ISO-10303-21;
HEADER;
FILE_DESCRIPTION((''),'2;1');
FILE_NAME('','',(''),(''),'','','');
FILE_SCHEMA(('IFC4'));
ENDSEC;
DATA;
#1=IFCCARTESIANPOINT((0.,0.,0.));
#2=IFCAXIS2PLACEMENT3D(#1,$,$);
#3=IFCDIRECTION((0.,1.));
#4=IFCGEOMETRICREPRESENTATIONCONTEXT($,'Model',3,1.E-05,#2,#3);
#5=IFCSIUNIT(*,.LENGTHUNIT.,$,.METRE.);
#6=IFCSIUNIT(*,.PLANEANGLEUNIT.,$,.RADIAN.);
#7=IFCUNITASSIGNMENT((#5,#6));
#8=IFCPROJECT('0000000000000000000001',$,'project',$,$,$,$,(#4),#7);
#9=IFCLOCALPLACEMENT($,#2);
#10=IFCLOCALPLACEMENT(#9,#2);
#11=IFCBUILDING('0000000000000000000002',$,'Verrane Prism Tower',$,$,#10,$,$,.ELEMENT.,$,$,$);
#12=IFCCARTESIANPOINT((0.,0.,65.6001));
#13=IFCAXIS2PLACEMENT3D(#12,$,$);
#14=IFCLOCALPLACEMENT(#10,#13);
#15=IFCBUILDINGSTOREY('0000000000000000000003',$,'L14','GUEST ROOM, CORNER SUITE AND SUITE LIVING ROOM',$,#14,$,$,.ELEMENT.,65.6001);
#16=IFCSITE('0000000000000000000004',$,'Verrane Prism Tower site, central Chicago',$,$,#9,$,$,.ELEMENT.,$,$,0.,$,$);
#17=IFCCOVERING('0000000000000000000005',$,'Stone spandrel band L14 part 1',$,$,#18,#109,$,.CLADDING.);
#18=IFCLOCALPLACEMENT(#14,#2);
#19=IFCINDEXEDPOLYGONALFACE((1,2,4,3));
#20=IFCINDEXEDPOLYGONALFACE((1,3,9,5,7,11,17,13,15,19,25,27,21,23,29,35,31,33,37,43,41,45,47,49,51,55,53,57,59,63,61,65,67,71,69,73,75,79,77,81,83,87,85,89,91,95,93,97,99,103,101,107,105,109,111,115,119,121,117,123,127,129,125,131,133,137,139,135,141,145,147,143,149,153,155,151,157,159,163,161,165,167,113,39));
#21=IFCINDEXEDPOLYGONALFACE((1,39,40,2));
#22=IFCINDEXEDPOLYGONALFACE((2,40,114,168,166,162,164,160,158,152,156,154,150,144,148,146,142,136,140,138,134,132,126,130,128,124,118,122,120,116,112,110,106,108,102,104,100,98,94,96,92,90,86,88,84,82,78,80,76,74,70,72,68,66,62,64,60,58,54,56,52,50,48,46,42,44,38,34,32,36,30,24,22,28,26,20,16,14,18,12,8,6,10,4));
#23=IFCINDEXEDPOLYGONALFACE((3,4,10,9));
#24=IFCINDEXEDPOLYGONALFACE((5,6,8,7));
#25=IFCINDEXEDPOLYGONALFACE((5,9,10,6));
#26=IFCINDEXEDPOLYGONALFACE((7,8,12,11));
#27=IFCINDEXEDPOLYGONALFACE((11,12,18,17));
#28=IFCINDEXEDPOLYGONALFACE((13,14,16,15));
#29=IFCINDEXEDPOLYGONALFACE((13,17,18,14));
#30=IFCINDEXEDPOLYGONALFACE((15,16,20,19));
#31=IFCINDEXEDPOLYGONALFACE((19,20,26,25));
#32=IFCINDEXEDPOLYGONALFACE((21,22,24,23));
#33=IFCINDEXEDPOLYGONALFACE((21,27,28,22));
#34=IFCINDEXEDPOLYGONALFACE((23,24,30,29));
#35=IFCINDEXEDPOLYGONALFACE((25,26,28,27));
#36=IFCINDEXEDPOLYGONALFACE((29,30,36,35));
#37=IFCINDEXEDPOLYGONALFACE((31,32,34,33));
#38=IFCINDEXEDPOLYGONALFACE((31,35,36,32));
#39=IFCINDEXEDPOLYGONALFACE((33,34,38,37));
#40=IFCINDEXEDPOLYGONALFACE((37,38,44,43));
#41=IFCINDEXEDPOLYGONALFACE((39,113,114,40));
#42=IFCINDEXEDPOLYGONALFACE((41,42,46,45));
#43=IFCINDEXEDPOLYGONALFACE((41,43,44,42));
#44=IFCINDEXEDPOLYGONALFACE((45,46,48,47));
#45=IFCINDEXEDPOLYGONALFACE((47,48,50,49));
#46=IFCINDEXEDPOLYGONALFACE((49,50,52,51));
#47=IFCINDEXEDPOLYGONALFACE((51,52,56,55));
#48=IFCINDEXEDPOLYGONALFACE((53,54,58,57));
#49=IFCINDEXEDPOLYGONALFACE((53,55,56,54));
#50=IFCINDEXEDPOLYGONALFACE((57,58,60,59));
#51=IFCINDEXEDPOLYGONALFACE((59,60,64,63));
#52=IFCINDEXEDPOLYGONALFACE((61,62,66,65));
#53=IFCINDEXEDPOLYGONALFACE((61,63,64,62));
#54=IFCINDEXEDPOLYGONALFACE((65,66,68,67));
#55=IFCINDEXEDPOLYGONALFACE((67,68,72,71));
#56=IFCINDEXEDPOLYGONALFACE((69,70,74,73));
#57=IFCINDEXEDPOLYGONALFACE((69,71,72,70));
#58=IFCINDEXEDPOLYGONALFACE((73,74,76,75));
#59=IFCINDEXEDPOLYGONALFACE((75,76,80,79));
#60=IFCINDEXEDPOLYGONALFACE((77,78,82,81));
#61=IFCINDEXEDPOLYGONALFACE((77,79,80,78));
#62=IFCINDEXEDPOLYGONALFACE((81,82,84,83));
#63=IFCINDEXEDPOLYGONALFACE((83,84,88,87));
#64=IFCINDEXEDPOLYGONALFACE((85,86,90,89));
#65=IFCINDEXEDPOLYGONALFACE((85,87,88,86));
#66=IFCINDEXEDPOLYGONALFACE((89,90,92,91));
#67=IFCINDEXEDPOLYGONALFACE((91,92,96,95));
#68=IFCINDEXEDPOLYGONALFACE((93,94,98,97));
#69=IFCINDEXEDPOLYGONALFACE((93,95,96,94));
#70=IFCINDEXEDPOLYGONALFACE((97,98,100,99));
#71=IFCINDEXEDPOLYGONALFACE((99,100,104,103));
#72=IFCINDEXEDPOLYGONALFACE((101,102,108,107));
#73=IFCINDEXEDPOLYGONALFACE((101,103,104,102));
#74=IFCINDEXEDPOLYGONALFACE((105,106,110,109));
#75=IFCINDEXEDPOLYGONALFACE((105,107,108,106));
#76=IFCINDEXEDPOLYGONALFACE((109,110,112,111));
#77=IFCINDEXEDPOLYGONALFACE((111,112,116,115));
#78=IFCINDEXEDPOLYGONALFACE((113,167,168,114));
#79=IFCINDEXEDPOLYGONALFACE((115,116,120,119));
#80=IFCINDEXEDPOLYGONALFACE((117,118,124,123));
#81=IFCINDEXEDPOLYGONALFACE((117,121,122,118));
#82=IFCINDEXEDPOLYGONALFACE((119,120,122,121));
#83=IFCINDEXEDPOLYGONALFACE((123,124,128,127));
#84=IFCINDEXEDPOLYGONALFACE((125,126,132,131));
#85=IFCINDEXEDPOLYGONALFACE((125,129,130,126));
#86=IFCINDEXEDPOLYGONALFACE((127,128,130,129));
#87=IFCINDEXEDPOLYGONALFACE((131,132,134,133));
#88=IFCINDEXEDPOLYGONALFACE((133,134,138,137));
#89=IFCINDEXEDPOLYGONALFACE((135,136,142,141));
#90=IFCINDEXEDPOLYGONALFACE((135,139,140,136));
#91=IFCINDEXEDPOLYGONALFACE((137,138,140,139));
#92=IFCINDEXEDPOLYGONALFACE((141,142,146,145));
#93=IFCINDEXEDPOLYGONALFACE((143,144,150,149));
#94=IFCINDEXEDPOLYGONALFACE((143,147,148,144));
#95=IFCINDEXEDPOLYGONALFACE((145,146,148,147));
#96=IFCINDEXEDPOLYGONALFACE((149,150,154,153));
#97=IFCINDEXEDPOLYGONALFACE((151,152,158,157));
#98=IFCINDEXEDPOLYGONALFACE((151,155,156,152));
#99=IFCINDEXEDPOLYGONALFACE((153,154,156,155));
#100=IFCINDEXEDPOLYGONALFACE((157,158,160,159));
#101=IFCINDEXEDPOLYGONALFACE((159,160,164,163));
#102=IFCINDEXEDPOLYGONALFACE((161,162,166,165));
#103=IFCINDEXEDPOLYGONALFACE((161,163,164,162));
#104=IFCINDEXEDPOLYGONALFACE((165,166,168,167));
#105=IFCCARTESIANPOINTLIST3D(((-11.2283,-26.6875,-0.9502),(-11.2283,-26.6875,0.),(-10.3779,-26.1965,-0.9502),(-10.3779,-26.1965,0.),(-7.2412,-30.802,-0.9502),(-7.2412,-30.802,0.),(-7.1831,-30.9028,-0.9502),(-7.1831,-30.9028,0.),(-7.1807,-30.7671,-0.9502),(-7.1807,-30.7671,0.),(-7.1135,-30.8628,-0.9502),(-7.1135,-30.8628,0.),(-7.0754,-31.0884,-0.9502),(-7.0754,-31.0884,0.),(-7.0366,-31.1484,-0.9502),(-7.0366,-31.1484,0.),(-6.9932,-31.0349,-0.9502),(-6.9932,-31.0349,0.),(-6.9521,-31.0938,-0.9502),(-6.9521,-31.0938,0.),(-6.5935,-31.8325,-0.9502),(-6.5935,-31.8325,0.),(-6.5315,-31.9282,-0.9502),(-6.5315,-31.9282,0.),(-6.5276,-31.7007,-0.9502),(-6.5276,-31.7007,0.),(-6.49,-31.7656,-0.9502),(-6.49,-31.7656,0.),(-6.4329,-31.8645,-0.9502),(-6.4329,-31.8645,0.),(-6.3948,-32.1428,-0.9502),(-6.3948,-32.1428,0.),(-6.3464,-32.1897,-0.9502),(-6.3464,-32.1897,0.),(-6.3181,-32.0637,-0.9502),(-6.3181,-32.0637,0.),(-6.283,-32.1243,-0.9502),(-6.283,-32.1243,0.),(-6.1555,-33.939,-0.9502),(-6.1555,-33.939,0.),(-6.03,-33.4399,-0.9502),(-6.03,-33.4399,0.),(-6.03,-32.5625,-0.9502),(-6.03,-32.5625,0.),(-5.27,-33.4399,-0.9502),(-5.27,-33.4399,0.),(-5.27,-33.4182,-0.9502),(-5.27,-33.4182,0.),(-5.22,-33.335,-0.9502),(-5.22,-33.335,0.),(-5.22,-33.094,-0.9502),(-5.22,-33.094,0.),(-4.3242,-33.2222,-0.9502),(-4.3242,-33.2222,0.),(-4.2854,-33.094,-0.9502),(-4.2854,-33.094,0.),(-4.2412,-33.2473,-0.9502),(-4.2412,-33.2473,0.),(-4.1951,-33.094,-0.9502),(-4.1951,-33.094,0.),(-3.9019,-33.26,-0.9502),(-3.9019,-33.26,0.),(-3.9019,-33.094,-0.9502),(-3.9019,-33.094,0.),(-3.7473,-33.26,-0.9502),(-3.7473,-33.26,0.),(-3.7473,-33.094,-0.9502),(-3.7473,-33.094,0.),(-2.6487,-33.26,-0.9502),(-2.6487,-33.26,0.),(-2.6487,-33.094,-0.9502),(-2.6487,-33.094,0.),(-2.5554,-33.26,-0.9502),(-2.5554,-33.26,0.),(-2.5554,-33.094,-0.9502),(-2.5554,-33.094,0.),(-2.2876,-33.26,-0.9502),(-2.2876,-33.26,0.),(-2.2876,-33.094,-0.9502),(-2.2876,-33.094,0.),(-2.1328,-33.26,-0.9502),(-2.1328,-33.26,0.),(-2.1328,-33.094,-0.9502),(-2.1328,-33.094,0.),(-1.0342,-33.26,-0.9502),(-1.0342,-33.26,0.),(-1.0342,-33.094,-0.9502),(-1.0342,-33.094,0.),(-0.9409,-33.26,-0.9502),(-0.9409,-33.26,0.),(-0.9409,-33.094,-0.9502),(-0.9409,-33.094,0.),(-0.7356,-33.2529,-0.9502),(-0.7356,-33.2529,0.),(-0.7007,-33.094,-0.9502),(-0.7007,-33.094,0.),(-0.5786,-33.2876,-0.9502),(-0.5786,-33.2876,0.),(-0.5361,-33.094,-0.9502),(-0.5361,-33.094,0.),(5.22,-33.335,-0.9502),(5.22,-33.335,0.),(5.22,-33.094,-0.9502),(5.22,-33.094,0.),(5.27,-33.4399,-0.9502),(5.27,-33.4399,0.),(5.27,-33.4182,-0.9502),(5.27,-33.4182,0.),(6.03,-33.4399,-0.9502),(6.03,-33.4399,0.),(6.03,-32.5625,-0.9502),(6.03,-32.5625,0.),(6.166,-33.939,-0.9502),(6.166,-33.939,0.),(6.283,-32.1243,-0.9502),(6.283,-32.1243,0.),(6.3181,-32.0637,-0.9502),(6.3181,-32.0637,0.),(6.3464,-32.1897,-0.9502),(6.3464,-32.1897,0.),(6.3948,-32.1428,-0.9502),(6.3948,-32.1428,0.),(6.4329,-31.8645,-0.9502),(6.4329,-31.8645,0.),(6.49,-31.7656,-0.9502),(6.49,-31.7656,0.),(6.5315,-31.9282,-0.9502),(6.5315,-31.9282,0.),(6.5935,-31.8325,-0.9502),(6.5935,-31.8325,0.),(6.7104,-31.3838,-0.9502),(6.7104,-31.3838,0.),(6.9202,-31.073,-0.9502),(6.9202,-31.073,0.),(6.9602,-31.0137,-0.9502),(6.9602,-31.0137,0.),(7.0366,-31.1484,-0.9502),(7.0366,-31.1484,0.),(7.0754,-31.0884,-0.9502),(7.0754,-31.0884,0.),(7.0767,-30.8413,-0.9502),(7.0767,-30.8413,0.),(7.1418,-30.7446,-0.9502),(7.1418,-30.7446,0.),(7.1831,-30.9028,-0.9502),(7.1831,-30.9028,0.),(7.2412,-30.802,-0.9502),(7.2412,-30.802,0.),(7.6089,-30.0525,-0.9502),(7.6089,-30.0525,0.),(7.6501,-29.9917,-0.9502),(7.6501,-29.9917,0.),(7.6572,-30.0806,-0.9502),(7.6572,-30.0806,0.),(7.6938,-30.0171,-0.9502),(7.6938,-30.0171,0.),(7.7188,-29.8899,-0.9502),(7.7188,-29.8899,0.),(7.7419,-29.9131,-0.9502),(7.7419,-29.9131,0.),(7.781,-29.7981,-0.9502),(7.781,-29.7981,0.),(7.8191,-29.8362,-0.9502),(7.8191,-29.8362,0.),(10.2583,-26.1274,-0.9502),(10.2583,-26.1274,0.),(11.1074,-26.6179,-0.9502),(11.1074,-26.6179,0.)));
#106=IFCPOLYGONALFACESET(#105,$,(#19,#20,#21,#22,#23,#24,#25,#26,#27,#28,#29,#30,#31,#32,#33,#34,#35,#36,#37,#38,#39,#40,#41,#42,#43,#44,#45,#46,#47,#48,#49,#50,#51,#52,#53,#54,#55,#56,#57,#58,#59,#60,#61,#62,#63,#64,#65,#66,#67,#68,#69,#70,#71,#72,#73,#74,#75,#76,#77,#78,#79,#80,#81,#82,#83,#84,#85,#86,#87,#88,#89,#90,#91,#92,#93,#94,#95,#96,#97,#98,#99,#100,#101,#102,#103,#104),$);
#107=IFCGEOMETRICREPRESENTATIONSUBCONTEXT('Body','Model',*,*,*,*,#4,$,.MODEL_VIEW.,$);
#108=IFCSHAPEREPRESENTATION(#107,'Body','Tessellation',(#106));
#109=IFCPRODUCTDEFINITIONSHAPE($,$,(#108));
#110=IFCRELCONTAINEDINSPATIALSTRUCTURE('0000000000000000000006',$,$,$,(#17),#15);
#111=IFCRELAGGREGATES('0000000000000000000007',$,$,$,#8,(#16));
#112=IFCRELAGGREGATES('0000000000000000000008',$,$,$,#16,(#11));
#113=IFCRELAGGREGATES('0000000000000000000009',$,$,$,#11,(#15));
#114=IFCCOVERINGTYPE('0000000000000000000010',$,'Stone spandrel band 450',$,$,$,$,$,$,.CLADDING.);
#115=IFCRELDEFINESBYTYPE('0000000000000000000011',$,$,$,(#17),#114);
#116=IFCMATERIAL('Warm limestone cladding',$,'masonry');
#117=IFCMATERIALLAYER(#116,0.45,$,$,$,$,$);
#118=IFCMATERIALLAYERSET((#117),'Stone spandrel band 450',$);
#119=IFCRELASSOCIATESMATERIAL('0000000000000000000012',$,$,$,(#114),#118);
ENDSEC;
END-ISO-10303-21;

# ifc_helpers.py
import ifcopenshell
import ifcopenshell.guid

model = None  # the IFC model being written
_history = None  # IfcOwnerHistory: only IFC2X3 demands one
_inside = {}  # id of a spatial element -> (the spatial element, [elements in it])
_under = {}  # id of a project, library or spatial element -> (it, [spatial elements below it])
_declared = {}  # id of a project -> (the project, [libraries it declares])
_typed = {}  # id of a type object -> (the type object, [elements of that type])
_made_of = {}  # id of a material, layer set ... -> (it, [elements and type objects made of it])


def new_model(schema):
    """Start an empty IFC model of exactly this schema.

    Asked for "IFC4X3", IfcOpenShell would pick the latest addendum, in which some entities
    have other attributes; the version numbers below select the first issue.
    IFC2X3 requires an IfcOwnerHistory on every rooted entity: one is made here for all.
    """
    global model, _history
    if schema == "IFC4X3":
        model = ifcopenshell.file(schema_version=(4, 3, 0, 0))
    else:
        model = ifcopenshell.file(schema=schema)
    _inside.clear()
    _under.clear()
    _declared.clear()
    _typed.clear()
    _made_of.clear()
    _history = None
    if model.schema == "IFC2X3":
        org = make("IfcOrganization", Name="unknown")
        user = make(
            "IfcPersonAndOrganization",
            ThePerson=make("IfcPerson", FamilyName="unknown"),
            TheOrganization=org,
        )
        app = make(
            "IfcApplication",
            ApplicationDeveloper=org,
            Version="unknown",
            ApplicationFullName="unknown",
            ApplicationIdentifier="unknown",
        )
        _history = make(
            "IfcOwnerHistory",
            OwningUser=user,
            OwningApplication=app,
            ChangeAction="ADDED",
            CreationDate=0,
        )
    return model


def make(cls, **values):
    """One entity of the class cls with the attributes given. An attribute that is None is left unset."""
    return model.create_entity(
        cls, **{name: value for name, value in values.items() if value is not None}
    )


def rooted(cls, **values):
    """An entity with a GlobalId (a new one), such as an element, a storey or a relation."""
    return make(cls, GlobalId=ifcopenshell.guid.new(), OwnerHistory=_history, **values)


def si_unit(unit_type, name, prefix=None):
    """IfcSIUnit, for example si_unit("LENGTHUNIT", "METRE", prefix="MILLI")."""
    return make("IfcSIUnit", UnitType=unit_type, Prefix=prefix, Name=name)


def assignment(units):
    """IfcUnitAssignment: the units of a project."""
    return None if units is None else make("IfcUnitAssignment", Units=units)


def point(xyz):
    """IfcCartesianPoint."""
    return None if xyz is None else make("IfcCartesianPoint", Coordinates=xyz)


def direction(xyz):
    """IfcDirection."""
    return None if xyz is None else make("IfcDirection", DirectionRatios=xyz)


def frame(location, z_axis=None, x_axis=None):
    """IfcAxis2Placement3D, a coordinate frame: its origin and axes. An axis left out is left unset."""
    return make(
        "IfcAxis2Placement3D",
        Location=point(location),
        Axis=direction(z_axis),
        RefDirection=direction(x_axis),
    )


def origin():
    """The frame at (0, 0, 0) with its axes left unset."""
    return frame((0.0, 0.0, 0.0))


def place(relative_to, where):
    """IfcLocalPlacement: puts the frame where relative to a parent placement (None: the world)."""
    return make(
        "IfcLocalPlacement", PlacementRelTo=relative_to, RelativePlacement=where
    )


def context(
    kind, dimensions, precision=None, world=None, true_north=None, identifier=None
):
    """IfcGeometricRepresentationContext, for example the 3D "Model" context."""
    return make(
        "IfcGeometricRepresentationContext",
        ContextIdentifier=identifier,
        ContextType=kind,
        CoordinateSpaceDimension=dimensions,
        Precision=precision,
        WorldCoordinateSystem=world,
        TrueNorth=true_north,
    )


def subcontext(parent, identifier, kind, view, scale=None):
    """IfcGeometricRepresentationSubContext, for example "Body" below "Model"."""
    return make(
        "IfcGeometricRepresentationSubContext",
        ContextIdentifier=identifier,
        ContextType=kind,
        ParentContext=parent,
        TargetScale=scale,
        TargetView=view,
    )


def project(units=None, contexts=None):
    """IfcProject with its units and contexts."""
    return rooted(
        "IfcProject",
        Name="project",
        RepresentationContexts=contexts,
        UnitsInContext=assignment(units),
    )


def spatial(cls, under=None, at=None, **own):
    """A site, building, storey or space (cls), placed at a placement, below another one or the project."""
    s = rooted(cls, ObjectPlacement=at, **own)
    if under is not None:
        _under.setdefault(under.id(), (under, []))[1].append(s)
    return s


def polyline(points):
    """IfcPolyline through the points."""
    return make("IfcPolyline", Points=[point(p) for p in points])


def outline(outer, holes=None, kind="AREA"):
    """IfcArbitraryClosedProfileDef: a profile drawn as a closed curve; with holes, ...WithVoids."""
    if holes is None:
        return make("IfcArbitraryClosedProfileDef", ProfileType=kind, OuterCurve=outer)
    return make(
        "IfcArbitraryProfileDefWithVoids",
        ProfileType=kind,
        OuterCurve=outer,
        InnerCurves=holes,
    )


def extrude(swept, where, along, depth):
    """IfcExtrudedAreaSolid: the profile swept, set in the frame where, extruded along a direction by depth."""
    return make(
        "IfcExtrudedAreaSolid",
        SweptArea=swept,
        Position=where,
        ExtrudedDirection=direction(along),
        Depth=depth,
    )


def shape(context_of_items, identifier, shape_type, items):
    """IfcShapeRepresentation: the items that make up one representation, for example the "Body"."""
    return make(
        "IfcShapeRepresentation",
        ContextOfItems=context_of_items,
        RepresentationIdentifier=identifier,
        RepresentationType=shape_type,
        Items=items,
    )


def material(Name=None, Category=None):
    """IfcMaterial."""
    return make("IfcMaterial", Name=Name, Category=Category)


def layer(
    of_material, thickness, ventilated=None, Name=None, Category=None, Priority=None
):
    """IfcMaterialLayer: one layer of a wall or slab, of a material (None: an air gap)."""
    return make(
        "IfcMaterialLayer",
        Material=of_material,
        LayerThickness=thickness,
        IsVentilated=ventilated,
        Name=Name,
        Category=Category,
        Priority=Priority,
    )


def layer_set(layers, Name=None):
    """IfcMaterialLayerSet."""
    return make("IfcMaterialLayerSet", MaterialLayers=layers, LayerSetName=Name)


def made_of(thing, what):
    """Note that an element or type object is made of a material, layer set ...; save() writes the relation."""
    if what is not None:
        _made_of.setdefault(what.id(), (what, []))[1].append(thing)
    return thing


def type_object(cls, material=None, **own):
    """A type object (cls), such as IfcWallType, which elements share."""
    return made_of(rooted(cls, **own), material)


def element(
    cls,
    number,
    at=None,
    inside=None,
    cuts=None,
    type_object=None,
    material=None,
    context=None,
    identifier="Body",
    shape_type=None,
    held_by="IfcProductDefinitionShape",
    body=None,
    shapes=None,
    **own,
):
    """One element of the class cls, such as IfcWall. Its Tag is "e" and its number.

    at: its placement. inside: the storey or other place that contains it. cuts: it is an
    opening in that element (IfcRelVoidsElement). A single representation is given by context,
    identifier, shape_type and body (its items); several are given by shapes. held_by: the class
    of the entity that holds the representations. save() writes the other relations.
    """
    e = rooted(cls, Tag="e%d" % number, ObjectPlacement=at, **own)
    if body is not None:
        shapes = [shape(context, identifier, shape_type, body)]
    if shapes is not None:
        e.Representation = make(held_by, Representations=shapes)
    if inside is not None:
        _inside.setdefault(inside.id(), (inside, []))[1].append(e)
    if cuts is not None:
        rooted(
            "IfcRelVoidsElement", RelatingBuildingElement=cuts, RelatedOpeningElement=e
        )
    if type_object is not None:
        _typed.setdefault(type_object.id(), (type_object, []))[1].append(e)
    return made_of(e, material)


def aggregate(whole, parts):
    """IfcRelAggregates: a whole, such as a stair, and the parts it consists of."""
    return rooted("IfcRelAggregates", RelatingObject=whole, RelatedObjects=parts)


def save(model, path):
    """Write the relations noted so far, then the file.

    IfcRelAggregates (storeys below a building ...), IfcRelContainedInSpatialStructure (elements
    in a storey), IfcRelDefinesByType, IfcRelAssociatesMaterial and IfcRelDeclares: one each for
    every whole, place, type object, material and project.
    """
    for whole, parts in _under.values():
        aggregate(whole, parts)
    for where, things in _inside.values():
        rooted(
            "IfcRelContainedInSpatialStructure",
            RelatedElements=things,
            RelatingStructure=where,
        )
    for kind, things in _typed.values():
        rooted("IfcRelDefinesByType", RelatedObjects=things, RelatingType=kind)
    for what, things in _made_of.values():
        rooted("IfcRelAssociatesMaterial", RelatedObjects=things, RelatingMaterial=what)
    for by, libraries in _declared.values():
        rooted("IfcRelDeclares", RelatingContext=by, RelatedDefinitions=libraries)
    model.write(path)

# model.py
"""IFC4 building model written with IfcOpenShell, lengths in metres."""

from ifc_helpers import new_model, si_unit, direction, frame, origin, place, context, subcontext, project, spatial, polyline, outline, extrude, material, layer, layer_set, type_object, element, save


model = new_model("IFC4")

# Units and contexts
model_context = context("Model", 3, precision=1e-05, world=origin(), true_north=direction((0.0, 1.0)))
body_context = subcontext(model_context, "Body", "Model", "MODEL_VIEW")
ifc_project = project(units=[si_unit("LENGTHUNIT", "METRE"), si_unit("PLANEANGLEUNIT", "RADIAN")], contexts=[model_context])

# Site, building, storey
site_placement = place(None, origin())
site = spatial("IfcSite", under=ifc_project, at=site_placement, Name="Verrane Prism Tower site, central Chicago", CompositionType="ELEMENT", RefElevation=0.0)
building_placement = place(site_placement, origin())
building = spatial("IfcBuilding", under=site, at=building_placement, Name="Verrane Prism Tower", CompositionType="ELEMENT")
storey_placement = place(building_placement, frame((0.0, 0.0, 65.6001)))
storey = spatial("IfcBuildingStorey", under=building, at=storey_placement, Name="L14", Description="GUEST ROOM, CORNER SUITE AND SUITE LIVING ROOM", CompositionType="ELEMENT", Elevation=65.6001)

# Covering
ifc_material_1 = material(Name="Warm limestone cladding", Category="masonry")
ifc_layer_1 = layer(ifc_material_1, 0.45)
ifc_layer_set_1 = layer_set([ifc_layer_1], Name="Stone spandrel band 450")
covering_type_1 = type_object("IfcCoveringType", Name="Stone spandrel band 450", PredefinedType="CLADDING", material=ifc_layer_set_1)
covering_1_placement = place(storey_placement, frame((0.0, 0.0, -0.9502)))
element("IfcCovering", 1, at=covering_1_placement, inside=storey, type_object=covering_type_1, Name="Stone spandrel band L14 part 1", PredefinedType="CLADDING", context=body_context, shape_type="SweptSolid", body=[
    extrude(outline(polyline([(6.166, -33.939), (11.1074, -26.6179), (10.2583, -26.1274), (7.781, -29.7981), (7.8191, -29.8362), (7.7419, -29.9131), (7.7188, -29.8899), (7.6501, -29.9917), (7.6938, -30.0171), (7.6572, -30.0806), (7.6089, -30.0525), (7.1418, -30.7446), (7.2412, -30.802), (7.1831, -30.9028), (7.0767, -30.8413), (6.9602, -31.0137), (7.0754, -31.0884), (7.0366, -31.1484), (6.9202, -31.073), (6.7104, -31.3838), (6.49, -31.7656), (6.5935, -31.8325), (6.5315, -31.9282), (6.4329, -31.8645), (6.3181, -32.0637), (6.3948, -32.1428), (6.3464, -32.1897), (6.283, -32.1243), (6.03, -32.5625), (6.03, -33.4399), (5.27, -33.4399), (5.27, -33.4182), (5.22, -33.335), (5.22, -33.094), (-0.5361, -33.094), (-0.5786, -33.2876), (-0.7356, -33.2529), (-0.7007, -33.094), (-0.9409, -33.094), (-0.9409, -33.26), (-1.0342, -33.26), (-1.0342, -33.094), (-2.1328, -33.094), (-2.1328, -33.26), (-2.2876, -33.26), (-2.2876, -33.094), (-2.5554, -33.094), (-2.5554, -33.26), (-2.6487, -33.26), (-2.6487, -33.094), (-3.7473, -33.094), (-3.7473, -33.26), (-3.9019, -33.26), (-3.9019, -33.094), (-4.1951, -33.094), (-4.2412, -33.2473), (-4.3242, -33.2222), (-4.2854, -33.094), (-5.22, -33.094), (-5.22, -33.335), (-5.27, -33.4182), (-5.27, -33.4399), (-6.03, -33.4399), (-6.03, -32.5625), (-6.283, -32.1243), (-6.3464, -32.1897), (-6.3948, -32.1428), (-6.3181, -32.0637), (-6.4329, -31.8645), (-6.5315, -31.9282), (-6.5935, -31.8325), (-6.49, -31.7656), (-6.5276, -31.7007), (-6.9521, -31.0938), (-7.0366, -31.1484), (-7.0754, -31.0884), (-6.9932, -31.0349), (-7.1135, -30.8628), (-7.1831, -30.9028), (-7.2412, -30.802), (-7.1807, -30.7671), (-10.3779, -26.1965), (-11.2283, -26.6875), (-6.1555, -33.939), (6.166, -33.939)])), origin(), (0.0, 0.0, 1.0), 0.9502),
])

save(model, "model.ifc")
